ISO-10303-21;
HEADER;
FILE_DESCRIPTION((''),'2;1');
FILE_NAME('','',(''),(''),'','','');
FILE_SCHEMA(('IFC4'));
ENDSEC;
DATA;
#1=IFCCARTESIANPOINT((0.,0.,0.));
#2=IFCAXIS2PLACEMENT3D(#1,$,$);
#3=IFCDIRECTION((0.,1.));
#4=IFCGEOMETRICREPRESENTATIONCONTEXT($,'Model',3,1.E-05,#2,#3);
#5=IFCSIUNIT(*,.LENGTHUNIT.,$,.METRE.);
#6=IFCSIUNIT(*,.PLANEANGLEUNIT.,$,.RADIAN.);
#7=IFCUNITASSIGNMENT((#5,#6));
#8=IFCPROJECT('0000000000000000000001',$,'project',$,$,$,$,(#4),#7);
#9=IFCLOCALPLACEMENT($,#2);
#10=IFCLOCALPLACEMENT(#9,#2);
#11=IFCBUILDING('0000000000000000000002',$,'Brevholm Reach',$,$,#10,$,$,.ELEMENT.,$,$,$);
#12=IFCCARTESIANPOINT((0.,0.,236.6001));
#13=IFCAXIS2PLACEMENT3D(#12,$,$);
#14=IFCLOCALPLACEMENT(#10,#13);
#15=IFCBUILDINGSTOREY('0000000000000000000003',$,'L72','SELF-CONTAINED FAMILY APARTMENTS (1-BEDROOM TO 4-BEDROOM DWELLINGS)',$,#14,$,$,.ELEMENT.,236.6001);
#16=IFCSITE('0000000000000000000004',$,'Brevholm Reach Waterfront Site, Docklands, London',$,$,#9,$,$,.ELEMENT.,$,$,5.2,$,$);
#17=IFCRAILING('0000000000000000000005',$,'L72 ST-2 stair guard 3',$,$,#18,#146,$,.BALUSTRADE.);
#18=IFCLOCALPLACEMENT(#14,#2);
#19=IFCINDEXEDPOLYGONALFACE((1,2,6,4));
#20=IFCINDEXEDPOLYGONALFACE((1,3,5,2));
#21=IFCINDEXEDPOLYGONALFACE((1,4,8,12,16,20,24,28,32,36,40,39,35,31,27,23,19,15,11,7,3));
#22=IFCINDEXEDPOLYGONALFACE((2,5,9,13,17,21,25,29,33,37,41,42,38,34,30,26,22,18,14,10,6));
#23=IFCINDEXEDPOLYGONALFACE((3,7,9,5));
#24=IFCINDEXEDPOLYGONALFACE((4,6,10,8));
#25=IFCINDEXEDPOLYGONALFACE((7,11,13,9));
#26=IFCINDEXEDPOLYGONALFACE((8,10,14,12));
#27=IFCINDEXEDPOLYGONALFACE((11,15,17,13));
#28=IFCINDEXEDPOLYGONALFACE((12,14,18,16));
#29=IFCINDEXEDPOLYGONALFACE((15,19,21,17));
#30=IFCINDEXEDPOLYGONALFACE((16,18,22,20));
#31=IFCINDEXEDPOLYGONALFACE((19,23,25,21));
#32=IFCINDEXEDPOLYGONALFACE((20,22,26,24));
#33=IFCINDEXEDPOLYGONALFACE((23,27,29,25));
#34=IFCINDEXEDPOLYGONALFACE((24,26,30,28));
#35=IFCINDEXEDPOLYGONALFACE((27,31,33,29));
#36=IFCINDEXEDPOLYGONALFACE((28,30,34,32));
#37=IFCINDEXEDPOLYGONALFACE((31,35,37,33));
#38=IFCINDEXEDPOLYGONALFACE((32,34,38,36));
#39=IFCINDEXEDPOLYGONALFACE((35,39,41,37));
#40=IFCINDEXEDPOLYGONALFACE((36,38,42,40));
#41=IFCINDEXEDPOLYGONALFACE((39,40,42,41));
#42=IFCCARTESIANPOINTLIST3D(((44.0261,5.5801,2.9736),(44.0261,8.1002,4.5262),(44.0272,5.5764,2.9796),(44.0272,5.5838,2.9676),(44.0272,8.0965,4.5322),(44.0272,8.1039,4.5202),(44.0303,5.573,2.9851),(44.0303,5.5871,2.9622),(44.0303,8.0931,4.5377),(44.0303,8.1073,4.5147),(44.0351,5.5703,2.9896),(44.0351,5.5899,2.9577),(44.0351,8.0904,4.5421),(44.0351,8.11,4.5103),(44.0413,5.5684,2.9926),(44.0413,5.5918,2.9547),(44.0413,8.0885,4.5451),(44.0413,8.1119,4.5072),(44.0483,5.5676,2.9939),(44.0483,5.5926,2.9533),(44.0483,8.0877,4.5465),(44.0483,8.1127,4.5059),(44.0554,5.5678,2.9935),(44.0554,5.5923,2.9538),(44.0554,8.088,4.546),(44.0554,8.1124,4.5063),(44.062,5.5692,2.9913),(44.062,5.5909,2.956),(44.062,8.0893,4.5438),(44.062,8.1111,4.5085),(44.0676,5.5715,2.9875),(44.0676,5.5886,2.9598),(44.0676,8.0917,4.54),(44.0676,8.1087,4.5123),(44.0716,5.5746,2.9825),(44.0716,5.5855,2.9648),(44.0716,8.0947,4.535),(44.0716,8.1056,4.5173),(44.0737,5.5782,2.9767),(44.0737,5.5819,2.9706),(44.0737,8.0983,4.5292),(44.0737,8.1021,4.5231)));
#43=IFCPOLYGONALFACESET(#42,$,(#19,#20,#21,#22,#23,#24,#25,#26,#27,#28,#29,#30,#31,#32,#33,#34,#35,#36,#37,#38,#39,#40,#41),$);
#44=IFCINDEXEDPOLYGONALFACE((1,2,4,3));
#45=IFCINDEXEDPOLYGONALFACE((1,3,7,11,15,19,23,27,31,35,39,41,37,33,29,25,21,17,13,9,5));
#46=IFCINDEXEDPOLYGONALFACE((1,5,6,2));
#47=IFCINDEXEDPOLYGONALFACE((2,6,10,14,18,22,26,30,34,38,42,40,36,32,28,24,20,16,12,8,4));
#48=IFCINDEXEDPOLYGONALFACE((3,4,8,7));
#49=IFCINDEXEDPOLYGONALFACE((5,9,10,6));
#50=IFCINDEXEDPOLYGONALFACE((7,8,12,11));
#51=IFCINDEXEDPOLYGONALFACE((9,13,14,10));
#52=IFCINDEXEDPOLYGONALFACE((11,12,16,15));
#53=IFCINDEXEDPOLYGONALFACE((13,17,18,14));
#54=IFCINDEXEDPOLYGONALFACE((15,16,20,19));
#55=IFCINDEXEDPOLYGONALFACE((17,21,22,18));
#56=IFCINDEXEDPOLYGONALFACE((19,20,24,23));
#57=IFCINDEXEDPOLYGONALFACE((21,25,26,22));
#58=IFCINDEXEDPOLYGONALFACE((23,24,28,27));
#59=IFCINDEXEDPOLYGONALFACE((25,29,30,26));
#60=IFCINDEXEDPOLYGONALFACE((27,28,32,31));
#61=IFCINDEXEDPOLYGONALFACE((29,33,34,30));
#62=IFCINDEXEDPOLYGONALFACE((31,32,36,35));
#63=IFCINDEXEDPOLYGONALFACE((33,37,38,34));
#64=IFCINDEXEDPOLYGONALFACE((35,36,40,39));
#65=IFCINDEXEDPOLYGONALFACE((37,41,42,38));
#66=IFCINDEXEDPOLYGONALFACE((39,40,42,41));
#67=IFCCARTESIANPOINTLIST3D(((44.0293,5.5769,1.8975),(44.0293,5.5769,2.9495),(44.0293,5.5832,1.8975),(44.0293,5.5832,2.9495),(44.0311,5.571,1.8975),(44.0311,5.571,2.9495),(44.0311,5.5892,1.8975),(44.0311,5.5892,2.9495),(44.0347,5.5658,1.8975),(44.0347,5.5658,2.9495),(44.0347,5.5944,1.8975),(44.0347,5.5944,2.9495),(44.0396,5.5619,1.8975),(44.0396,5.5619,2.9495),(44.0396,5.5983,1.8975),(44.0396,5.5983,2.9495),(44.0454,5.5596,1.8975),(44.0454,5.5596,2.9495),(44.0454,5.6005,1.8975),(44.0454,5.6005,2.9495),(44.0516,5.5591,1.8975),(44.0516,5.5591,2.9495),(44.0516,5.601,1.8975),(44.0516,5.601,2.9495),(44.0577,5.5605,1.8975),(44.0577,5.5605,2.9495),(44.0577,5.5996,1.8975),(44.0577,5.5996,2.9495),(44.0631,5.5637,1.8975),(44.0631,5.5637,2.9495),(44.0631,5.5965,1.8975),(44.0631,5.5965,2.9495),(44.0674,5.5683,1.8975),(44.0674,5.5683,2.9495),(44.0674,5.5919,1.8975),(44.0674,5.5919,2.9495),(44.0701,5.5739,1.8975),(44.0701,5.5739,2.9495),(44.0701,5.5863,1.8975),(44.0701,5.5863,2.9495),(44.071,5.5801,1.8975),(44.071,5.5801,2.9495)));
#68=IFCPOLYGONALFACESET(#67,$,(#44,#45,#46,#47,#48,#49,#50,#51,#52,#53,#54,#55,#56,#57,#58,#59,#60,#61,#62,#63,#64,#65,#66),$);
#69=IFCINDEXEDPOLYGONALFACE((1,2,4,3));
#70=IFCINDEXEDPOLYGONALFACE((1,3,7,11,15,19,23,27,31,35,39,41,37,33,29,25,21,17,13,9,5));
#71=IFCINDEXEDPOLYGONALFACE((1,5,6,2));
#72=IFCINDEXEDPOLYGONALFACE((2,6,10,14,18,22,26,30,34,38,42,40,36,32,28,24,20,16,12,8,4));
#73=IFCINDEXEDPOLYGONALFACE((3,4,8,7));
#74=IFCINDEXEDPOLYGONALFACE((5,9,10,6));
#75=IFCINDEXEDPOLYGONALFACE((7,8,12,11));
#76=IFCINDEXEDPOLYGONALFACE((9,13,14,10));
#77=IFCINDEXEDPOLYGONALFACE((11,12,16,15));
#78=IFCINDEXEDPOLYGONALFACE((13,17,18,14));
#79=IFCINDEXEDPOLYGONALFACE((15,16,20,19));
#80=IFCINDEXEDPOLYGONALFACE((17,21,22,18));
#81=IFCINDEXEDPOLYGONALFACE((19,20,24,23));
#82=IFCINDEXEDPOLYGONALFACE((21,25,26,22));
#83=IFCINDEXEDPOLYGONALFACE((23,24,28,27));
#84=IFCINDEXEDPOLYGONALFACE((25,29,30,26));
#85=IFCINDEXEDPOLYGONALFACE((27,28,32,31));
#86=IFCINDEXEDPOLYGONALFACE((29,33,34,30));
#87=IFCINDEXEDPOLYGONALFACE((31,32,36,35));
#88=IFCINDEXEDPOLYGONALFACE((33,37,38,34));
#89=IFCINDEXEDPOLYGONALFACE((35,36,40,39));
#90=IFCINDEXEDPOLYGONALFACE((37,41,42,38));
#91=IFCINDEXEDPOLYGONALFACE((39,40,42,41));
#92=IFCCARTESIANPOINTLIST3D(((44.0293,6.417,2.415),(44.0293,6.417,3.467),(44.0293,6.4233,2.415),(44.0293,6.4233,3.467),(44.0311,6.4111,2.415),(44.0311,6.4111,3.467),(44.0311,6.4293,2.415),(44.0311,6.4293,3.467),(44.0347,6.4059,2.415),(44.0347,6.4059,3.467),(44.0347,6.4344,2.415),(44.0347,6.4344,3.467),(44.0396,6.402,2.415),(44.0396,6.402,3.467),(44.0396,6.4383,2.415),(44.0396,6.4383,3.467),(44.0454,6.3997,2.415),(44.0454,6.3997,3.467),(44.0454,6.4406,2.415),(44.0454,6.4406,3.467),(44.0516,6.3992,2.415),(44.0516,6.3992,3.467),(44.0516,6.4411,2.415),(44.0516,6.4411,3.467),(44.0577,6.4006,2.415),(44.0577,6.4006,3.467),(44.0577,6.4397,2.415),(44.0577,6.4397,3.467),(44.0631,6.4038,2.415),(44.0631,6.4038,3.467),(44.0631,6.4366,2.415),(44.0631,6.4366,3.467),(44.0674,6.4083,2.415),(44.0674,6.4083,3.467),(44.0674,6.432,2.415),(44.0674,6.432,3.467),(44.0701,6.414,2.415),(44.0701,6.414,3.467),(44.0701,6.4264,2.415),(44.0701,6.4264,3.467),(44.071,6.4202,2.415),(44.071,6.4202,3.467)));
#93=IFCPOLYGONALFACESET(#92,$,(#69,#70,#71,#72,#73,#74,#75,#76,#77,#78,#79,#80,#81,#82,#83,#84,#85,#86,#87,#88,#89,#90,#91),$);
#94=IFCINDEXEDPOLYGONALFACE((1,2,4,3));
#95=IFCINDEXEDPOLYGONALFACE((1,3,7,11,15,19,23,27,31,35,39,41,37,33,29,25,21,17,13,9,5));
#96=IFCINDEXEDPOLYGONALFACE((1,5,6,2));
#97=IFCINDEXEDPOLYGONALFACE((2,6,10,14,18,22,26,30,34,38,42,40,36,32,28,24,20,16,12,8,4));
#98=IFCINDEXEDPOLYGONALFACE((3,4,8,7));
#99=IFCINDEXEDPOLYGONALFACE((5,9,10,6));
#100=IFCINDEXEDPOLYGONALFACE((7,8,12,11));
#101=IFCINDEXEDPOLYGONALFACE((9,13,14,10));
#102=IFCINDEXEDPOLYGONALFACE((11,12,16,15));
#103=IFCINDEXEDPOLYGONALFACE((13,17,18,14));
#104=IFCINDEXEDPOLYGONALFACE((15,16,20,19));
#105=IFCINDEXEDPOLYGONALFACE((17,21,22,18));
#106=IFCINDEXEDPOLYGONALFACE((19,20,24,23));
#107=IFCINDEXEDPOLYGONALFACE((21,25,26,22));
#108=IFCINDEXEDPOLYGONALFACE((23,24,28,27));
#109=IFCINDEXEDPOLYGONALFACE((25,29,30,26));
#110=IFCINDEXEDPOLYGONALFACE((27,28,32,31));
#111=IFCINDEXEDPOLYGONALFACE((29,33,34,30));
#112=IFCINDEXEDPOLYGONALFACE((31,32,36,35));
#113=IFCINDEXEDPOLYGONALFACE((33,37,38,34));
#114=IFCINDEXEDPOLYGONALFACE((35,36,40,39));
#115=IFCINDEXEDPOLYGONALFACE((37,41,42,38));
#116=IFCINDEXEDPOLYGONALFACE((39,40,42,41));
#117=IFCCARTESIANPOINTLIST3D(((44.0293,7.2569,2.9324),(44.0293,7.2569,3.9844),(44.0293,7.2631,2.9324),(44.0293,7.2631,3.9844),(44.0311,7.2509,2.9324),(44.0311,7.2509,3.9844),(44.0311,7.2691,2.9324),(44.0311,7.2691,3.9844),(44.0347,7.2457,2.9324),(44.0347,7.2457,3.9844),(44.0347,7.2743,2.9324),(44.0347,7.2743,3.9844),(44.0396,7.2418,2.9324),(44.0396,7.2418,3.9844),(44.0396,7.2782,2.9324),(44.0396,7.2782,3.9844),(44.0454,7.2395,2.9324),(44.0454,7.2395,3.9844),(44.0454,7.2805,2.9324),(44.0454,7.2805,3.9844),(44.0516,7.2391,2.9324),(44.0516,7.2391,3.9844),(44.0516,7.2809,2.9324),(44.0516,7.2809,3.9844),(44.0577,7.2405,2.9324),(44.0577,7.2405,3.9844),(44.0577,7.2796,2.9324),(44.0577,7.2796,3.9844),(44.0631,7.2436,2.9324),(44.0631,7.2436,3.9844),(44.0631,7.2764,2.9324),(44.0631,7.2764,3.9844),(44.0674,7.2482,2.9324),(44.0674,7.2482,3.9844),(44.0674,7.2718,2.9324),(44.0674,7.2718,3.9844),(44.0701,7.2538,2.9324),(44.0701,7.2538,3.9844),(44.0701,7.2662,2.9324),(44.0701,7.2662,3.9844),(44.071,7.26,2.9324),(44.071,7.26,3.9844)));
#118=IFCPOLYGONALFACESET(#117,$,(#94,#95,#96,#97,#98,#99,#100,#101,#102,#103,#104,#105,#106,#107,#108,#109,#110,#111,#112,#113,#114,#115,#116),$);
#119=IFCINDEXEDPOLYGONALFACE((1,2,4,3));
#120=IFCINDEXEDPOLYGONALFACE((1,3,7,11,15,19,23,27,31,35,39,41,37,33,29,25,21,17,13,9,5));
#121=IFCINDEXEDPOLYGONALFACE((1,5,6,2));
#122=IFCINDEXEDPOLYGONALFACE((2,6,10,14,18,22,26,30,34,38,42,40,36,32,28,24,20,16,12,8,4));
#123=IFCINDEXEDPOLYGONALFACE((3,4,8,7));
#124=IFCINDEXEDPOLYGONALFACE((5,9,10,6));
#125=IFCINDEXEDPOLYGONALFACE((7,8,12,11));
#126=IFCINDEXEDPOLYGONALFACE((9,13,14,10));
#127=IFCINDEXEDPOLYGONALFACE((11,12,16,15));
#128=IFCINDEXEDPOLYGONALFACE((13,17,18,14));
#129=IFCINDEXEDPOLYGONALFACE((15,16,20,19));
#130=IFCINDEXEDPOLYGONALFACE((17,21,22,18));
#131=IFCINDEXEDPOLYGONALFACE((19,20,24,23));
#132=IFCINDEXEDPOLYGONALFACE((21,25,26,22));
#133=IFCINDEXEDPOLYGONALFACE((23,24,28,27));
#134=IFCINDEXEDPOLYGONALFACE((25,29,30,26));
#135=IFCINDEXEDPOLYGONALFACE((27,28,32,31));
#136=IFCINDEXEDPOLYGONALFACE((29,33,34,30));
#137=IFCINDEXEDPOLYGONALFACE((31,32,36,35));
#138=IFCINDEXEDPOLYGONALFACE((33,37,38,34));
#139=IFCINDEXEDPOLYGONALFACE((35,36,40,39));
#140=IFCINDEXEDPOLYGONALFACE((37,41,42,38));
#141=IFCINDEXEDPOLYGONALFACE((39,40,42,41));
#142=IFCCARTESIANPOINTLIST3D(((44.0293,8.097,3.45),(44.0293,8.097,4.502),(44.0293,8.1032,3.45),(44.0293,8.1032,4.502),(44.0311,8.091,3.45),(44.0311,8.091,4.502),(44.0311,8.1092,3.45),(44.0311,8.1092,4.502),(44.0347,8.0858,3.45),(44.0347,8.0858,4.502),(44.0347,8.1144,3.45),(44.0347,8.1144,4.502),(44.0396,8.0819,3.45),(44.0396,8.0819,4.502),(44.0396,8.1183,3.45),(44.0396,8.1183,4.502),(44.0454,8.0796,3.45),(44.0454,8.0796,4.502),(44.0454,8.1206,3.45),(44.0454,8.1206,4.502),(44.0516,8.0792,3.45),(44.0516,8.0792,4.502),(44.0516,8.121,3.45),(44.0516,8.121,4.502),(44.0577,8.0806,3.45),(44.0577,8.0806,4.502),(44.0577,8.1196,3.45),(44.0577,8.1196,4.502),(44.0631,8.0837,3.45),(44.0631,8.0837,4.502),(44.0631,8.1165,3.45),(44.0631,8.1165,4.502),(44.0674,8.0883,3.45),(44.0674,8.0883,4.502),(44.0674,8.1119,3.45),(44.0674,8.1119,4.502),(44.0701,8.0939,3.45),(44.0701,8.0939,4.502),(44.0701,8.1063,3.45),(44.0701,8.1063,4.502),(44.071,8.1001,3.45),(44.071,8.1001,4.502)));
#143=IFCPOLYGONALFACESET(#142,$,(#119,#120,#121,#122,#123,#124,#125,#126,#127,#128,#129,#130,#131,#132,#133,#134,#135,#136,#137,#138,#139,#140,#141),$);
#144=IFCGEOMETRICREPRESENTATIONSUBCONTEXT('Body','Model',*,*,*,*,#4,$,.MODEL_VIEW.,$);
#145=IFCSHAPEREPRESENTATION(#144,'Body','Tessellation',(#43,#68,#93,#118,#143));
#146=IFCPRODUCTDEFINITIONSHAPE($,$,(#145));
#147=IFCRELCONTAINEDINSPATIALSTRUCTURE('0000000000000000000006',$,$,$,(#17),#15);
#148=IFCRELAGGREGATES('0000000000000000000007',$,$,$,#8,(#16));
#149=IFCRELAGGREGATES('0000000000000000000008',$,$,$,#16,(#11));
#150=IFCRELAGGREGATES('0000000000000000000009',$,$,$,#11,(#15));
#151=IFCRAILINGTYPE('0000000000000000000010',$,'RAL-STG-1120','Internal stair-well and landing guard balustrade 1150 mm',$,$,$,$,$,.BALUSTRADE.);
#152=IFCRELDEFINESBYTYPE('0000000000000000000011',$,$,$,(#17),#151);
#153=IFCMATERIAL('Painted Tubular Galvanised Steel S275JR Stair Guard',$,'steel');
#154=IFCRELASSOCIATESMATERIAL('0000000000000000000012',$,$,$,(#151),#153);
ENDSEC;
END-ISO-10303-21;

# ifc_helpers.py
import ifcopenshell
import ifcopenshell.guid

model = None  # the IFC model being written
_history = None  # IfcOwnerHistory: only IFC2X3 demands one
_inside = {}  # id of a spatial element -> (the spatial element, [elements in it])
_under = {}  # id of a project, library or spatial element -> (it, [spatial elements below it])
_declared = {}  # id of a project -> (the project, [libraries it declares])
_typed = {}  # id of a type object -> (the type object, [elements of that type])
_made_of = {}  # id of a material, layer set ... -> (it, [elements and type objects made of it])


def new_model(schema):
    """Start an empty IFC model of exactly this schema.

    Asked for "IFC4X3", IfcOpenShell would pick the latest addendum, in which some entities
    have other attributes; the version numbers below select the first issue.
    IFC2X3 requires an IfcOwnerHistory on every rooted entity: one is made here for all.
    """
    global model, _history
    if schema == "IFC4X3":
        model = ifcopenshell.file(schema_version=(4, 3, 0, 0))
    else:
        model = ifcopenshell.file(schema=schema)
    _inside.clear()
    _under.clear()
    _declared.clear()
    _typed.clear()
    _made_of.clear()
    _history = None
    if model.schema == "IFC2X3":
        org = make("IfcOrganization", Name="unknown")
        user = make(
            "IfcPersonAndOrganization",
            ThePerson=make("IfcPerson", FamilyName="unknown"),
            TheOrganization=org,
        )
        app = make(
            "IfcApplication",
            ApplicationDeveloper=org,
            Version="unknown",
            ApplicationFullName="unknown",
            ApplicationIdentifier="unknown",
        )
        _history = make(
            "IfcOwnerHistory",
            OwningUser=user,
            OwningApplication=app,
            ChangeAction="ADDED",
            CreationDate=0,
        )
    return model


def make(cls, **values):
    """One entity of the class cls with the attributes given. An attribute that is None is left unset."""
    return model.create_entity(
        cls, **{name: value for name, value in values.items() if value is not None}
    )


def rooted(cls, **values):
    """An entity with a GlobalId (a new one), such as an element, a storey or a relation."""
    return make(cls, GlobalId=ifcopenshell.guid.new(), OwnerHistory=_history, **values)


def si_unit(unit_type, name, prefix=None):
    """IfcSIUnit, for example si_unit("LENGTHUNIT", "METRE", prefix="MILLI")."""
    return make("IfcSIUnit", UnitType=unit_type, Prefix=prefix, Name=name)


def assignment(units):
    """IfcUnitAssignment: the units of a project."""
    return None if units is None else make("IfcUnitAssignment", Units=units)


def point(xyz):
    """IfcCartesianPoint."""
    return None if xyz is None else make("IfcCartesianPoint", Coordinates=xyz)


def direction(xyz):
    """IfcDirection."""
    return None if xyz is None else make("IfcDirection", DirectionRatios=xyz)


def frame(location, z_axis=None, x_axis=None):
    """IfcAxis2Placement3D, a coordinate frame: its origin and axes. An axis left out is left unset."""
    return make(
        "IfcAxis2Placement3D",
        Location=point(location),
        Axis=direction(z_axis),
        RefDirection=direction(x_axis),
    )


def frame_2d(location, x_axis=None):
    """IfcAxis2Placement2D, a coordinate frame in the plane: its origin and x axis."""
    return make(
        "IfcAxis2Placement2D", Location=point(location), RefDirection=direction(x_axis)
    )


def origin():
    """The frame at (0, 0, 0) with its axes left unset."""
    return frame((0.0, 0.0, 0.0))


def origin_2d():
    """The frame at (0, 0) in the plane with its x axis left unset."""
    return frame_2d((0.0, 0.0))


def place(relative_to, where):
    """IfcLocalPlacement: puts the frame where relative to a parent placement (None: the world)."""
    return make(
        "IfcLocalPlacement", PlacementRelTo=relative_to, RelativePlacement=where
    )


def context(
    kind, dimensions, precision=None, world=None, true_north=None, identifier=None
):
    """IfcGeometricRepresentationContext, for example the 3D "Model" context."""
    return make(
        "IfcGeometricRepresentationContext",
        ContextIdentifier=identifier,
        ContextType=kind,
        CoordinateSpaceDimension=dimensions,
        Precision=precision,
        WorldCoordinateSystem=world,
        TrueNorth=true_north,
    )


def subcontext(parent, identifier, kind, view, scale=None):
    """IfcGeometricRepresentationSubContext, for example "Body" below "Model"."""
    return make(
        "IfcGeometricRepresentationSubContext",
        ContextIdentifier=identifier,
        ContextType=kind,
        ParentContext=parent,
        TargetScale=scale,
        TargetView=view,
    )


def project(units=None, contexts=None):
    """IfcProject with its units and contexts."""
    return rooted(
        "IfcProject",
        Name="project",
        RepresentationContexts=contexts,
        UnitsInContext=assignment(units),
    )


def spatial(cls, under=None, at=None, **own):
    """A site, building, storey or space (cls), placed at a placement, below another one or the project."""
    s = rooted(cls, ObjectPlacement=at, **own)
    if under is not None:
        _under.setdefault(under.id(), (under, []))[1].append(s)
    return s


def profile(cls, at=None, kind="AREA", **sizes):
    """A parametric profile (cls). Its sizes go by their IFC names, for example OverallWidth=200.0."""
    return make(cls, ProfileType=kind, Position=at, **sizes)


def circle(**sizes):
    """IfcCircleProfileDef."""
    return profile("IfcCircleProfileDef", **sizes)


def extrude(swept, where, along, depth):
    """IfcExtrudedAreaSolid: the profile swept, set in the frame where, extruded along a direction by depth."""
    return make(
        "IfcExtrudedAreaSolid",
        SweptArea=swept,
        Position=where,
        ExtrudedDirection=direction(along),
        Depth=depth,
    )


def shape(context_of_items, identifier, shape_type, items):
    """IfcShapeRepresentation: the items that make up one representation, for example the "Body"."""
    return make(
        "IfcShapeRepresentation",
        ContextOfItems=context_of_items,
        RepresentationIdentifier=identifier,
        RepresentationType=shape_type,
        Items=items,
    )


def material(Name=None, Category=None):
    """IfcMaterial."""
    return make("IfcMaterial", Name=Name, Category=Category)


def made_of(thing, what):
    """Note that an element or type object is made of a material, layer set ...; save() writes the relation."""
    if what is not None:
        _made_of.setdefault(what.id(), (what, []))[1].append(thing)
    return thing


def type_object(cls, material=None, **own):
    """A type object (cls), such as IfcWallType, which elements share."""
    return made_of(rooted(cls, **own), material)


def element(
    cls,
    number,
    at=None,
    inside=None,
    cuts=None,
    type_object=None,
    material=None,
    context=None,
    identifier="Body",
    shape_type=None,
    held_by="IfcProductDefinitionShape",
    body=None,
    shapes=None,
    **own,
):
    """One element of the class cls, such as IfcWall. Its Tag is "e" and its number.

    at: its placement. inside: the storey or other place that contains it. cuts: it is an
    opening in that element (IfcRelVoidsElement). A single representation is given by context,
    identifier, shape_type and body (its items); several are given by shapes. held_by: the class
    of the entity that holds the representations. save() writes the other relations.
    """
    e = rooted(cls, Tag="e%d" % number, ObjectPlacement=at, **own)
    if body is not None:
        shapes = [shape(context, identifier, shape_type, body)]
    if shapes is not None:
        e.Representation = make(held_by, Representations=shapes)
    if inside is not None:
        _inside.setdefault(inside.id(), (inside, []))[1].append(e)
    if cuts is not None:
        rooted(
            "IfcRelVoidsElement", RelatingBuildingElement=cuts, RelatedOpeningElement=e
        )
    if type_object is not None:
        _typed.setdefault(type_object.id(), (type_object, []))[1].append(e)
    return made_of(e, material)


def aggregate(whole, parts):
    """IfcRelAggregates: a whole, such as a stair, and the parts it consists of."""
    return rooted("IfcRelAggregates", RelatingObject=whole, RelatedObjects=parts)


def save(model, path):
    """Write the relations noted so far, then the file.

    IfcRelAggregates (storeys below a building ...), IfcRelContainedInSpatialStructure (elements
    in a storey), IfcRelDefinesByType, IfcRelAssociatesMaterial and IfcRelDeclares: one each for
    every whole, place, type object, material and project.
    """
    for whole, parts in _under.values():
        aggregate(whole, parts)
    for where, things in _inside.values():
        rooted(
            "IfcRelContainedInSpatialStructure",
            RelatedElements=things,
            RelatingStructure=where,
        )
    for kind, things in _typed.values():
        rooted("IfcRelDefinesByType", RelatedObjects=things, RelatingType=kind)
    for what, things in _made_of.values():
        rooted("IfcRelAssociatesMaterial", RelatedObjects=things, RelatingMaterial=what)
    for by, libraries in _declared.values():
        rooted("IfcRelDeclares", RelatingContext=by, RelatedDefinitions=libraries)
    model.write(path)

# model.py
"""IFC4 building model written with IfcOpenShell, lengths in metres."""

from ifc_helpers import new_model, si_unit, direction, frame, origin, origin_2d, place, context, subcontext, project, spatial, circle, extrude, material, type_object, element, save


model = new_model("IFC4")

# Units and contexts
model_context = context("Model", 3, precision=1e-05, world=origin(), true_north=direction((0.0, 1.0)))
body_context = subcontext(model_context, "Body", "Model", "MODEL_VIEW")
ifc_project = project(units=[si_unit("LENGTHUNIT", "METRE"), si_unit("PLANEANGLEUNIT", "RADIAN")], contexts=[model_context])

# Site, building, storey
site_placement = place(None, origin())
site = spatial("IfcSite", under=ifc_project, at=site_placement, Name="Brevholm Reach Waterfront Site, Docklands, London", CompositionType="ELEMENT", RefElevation=5.2)
building_placement = place(site_placement, origin())
building = spatial("IfcBuilding", under=site, at=building_placement, Name="Brevholm Reach", CompositionType="ELEMENT")
storey_placement = place(building_placement, frame((0.0, 0.0, 236.6001)))
storey = spatial("IfcBuildingStorey", under=building, at=storey_placement, Name="L72", Description="SELF-CONTAINED FAMILY APARTMENTS (1-BEDROOM TO 4-BEDROOM DWELLINGS)", CompositionType="ELEMENT", Elevation=236.6001)

# Railing
ifc_material_1 = material(Name="Painted Tubular Galvanised Steel S275JR Stair Guard", Category="steel")
railing_type_1 = type_object("IfcRailingType", Name="RAL-STG-1120", Description="Internal stair-well and landing guard balustrade 1150 mm", PredefinedType="BALUSTRADE", material=ifc_material_1)
railing_1_placement = place(storey_placement, frame((44.05, 5.5801, 1.8975)))
element("IfcRailing", 1, at=railing_1_placement, inside=storey, type_object=railing_type_1, Name="L72 ST-2 stair guard 3", PredefinedType="BALUSTRADE", context=body_context, shape_type="SweptSolid", body=[
    extrude(circle(Radius=0.0239, at=origin_2d()), frame((0.0, 0.0, 1.0762), z_axis=(0.0, 0.8514, 0.524516), x_axis=(-1.0, 0.0, 0.0)), (0.0, 0.0, 1.0), 2.96),
    extrude(circle(Radius=0.021, at=origin_2d()), origin(), (0.0, 0.0, 1.0), 1.052),
    extrude(circle(Radius=0.021, at=origin_2d()), frame((0.0, 0.8401, 0.5176)), (0.0, 0.0, 1.0), 1.052),
    extrude(circle(Radius=0.021, at=origin_2d()), frame((0.0, 1.6799, 1.0349)), (0.0, 0.0, 1.0), 1.052),
    extrude(circle(Radius=0.021, at=origin_2d()), frame((0.0, 2.52, 1.5525)), (0.0, 0.0, 1.0), 1.052),
])

save(model, "model.ifc")
